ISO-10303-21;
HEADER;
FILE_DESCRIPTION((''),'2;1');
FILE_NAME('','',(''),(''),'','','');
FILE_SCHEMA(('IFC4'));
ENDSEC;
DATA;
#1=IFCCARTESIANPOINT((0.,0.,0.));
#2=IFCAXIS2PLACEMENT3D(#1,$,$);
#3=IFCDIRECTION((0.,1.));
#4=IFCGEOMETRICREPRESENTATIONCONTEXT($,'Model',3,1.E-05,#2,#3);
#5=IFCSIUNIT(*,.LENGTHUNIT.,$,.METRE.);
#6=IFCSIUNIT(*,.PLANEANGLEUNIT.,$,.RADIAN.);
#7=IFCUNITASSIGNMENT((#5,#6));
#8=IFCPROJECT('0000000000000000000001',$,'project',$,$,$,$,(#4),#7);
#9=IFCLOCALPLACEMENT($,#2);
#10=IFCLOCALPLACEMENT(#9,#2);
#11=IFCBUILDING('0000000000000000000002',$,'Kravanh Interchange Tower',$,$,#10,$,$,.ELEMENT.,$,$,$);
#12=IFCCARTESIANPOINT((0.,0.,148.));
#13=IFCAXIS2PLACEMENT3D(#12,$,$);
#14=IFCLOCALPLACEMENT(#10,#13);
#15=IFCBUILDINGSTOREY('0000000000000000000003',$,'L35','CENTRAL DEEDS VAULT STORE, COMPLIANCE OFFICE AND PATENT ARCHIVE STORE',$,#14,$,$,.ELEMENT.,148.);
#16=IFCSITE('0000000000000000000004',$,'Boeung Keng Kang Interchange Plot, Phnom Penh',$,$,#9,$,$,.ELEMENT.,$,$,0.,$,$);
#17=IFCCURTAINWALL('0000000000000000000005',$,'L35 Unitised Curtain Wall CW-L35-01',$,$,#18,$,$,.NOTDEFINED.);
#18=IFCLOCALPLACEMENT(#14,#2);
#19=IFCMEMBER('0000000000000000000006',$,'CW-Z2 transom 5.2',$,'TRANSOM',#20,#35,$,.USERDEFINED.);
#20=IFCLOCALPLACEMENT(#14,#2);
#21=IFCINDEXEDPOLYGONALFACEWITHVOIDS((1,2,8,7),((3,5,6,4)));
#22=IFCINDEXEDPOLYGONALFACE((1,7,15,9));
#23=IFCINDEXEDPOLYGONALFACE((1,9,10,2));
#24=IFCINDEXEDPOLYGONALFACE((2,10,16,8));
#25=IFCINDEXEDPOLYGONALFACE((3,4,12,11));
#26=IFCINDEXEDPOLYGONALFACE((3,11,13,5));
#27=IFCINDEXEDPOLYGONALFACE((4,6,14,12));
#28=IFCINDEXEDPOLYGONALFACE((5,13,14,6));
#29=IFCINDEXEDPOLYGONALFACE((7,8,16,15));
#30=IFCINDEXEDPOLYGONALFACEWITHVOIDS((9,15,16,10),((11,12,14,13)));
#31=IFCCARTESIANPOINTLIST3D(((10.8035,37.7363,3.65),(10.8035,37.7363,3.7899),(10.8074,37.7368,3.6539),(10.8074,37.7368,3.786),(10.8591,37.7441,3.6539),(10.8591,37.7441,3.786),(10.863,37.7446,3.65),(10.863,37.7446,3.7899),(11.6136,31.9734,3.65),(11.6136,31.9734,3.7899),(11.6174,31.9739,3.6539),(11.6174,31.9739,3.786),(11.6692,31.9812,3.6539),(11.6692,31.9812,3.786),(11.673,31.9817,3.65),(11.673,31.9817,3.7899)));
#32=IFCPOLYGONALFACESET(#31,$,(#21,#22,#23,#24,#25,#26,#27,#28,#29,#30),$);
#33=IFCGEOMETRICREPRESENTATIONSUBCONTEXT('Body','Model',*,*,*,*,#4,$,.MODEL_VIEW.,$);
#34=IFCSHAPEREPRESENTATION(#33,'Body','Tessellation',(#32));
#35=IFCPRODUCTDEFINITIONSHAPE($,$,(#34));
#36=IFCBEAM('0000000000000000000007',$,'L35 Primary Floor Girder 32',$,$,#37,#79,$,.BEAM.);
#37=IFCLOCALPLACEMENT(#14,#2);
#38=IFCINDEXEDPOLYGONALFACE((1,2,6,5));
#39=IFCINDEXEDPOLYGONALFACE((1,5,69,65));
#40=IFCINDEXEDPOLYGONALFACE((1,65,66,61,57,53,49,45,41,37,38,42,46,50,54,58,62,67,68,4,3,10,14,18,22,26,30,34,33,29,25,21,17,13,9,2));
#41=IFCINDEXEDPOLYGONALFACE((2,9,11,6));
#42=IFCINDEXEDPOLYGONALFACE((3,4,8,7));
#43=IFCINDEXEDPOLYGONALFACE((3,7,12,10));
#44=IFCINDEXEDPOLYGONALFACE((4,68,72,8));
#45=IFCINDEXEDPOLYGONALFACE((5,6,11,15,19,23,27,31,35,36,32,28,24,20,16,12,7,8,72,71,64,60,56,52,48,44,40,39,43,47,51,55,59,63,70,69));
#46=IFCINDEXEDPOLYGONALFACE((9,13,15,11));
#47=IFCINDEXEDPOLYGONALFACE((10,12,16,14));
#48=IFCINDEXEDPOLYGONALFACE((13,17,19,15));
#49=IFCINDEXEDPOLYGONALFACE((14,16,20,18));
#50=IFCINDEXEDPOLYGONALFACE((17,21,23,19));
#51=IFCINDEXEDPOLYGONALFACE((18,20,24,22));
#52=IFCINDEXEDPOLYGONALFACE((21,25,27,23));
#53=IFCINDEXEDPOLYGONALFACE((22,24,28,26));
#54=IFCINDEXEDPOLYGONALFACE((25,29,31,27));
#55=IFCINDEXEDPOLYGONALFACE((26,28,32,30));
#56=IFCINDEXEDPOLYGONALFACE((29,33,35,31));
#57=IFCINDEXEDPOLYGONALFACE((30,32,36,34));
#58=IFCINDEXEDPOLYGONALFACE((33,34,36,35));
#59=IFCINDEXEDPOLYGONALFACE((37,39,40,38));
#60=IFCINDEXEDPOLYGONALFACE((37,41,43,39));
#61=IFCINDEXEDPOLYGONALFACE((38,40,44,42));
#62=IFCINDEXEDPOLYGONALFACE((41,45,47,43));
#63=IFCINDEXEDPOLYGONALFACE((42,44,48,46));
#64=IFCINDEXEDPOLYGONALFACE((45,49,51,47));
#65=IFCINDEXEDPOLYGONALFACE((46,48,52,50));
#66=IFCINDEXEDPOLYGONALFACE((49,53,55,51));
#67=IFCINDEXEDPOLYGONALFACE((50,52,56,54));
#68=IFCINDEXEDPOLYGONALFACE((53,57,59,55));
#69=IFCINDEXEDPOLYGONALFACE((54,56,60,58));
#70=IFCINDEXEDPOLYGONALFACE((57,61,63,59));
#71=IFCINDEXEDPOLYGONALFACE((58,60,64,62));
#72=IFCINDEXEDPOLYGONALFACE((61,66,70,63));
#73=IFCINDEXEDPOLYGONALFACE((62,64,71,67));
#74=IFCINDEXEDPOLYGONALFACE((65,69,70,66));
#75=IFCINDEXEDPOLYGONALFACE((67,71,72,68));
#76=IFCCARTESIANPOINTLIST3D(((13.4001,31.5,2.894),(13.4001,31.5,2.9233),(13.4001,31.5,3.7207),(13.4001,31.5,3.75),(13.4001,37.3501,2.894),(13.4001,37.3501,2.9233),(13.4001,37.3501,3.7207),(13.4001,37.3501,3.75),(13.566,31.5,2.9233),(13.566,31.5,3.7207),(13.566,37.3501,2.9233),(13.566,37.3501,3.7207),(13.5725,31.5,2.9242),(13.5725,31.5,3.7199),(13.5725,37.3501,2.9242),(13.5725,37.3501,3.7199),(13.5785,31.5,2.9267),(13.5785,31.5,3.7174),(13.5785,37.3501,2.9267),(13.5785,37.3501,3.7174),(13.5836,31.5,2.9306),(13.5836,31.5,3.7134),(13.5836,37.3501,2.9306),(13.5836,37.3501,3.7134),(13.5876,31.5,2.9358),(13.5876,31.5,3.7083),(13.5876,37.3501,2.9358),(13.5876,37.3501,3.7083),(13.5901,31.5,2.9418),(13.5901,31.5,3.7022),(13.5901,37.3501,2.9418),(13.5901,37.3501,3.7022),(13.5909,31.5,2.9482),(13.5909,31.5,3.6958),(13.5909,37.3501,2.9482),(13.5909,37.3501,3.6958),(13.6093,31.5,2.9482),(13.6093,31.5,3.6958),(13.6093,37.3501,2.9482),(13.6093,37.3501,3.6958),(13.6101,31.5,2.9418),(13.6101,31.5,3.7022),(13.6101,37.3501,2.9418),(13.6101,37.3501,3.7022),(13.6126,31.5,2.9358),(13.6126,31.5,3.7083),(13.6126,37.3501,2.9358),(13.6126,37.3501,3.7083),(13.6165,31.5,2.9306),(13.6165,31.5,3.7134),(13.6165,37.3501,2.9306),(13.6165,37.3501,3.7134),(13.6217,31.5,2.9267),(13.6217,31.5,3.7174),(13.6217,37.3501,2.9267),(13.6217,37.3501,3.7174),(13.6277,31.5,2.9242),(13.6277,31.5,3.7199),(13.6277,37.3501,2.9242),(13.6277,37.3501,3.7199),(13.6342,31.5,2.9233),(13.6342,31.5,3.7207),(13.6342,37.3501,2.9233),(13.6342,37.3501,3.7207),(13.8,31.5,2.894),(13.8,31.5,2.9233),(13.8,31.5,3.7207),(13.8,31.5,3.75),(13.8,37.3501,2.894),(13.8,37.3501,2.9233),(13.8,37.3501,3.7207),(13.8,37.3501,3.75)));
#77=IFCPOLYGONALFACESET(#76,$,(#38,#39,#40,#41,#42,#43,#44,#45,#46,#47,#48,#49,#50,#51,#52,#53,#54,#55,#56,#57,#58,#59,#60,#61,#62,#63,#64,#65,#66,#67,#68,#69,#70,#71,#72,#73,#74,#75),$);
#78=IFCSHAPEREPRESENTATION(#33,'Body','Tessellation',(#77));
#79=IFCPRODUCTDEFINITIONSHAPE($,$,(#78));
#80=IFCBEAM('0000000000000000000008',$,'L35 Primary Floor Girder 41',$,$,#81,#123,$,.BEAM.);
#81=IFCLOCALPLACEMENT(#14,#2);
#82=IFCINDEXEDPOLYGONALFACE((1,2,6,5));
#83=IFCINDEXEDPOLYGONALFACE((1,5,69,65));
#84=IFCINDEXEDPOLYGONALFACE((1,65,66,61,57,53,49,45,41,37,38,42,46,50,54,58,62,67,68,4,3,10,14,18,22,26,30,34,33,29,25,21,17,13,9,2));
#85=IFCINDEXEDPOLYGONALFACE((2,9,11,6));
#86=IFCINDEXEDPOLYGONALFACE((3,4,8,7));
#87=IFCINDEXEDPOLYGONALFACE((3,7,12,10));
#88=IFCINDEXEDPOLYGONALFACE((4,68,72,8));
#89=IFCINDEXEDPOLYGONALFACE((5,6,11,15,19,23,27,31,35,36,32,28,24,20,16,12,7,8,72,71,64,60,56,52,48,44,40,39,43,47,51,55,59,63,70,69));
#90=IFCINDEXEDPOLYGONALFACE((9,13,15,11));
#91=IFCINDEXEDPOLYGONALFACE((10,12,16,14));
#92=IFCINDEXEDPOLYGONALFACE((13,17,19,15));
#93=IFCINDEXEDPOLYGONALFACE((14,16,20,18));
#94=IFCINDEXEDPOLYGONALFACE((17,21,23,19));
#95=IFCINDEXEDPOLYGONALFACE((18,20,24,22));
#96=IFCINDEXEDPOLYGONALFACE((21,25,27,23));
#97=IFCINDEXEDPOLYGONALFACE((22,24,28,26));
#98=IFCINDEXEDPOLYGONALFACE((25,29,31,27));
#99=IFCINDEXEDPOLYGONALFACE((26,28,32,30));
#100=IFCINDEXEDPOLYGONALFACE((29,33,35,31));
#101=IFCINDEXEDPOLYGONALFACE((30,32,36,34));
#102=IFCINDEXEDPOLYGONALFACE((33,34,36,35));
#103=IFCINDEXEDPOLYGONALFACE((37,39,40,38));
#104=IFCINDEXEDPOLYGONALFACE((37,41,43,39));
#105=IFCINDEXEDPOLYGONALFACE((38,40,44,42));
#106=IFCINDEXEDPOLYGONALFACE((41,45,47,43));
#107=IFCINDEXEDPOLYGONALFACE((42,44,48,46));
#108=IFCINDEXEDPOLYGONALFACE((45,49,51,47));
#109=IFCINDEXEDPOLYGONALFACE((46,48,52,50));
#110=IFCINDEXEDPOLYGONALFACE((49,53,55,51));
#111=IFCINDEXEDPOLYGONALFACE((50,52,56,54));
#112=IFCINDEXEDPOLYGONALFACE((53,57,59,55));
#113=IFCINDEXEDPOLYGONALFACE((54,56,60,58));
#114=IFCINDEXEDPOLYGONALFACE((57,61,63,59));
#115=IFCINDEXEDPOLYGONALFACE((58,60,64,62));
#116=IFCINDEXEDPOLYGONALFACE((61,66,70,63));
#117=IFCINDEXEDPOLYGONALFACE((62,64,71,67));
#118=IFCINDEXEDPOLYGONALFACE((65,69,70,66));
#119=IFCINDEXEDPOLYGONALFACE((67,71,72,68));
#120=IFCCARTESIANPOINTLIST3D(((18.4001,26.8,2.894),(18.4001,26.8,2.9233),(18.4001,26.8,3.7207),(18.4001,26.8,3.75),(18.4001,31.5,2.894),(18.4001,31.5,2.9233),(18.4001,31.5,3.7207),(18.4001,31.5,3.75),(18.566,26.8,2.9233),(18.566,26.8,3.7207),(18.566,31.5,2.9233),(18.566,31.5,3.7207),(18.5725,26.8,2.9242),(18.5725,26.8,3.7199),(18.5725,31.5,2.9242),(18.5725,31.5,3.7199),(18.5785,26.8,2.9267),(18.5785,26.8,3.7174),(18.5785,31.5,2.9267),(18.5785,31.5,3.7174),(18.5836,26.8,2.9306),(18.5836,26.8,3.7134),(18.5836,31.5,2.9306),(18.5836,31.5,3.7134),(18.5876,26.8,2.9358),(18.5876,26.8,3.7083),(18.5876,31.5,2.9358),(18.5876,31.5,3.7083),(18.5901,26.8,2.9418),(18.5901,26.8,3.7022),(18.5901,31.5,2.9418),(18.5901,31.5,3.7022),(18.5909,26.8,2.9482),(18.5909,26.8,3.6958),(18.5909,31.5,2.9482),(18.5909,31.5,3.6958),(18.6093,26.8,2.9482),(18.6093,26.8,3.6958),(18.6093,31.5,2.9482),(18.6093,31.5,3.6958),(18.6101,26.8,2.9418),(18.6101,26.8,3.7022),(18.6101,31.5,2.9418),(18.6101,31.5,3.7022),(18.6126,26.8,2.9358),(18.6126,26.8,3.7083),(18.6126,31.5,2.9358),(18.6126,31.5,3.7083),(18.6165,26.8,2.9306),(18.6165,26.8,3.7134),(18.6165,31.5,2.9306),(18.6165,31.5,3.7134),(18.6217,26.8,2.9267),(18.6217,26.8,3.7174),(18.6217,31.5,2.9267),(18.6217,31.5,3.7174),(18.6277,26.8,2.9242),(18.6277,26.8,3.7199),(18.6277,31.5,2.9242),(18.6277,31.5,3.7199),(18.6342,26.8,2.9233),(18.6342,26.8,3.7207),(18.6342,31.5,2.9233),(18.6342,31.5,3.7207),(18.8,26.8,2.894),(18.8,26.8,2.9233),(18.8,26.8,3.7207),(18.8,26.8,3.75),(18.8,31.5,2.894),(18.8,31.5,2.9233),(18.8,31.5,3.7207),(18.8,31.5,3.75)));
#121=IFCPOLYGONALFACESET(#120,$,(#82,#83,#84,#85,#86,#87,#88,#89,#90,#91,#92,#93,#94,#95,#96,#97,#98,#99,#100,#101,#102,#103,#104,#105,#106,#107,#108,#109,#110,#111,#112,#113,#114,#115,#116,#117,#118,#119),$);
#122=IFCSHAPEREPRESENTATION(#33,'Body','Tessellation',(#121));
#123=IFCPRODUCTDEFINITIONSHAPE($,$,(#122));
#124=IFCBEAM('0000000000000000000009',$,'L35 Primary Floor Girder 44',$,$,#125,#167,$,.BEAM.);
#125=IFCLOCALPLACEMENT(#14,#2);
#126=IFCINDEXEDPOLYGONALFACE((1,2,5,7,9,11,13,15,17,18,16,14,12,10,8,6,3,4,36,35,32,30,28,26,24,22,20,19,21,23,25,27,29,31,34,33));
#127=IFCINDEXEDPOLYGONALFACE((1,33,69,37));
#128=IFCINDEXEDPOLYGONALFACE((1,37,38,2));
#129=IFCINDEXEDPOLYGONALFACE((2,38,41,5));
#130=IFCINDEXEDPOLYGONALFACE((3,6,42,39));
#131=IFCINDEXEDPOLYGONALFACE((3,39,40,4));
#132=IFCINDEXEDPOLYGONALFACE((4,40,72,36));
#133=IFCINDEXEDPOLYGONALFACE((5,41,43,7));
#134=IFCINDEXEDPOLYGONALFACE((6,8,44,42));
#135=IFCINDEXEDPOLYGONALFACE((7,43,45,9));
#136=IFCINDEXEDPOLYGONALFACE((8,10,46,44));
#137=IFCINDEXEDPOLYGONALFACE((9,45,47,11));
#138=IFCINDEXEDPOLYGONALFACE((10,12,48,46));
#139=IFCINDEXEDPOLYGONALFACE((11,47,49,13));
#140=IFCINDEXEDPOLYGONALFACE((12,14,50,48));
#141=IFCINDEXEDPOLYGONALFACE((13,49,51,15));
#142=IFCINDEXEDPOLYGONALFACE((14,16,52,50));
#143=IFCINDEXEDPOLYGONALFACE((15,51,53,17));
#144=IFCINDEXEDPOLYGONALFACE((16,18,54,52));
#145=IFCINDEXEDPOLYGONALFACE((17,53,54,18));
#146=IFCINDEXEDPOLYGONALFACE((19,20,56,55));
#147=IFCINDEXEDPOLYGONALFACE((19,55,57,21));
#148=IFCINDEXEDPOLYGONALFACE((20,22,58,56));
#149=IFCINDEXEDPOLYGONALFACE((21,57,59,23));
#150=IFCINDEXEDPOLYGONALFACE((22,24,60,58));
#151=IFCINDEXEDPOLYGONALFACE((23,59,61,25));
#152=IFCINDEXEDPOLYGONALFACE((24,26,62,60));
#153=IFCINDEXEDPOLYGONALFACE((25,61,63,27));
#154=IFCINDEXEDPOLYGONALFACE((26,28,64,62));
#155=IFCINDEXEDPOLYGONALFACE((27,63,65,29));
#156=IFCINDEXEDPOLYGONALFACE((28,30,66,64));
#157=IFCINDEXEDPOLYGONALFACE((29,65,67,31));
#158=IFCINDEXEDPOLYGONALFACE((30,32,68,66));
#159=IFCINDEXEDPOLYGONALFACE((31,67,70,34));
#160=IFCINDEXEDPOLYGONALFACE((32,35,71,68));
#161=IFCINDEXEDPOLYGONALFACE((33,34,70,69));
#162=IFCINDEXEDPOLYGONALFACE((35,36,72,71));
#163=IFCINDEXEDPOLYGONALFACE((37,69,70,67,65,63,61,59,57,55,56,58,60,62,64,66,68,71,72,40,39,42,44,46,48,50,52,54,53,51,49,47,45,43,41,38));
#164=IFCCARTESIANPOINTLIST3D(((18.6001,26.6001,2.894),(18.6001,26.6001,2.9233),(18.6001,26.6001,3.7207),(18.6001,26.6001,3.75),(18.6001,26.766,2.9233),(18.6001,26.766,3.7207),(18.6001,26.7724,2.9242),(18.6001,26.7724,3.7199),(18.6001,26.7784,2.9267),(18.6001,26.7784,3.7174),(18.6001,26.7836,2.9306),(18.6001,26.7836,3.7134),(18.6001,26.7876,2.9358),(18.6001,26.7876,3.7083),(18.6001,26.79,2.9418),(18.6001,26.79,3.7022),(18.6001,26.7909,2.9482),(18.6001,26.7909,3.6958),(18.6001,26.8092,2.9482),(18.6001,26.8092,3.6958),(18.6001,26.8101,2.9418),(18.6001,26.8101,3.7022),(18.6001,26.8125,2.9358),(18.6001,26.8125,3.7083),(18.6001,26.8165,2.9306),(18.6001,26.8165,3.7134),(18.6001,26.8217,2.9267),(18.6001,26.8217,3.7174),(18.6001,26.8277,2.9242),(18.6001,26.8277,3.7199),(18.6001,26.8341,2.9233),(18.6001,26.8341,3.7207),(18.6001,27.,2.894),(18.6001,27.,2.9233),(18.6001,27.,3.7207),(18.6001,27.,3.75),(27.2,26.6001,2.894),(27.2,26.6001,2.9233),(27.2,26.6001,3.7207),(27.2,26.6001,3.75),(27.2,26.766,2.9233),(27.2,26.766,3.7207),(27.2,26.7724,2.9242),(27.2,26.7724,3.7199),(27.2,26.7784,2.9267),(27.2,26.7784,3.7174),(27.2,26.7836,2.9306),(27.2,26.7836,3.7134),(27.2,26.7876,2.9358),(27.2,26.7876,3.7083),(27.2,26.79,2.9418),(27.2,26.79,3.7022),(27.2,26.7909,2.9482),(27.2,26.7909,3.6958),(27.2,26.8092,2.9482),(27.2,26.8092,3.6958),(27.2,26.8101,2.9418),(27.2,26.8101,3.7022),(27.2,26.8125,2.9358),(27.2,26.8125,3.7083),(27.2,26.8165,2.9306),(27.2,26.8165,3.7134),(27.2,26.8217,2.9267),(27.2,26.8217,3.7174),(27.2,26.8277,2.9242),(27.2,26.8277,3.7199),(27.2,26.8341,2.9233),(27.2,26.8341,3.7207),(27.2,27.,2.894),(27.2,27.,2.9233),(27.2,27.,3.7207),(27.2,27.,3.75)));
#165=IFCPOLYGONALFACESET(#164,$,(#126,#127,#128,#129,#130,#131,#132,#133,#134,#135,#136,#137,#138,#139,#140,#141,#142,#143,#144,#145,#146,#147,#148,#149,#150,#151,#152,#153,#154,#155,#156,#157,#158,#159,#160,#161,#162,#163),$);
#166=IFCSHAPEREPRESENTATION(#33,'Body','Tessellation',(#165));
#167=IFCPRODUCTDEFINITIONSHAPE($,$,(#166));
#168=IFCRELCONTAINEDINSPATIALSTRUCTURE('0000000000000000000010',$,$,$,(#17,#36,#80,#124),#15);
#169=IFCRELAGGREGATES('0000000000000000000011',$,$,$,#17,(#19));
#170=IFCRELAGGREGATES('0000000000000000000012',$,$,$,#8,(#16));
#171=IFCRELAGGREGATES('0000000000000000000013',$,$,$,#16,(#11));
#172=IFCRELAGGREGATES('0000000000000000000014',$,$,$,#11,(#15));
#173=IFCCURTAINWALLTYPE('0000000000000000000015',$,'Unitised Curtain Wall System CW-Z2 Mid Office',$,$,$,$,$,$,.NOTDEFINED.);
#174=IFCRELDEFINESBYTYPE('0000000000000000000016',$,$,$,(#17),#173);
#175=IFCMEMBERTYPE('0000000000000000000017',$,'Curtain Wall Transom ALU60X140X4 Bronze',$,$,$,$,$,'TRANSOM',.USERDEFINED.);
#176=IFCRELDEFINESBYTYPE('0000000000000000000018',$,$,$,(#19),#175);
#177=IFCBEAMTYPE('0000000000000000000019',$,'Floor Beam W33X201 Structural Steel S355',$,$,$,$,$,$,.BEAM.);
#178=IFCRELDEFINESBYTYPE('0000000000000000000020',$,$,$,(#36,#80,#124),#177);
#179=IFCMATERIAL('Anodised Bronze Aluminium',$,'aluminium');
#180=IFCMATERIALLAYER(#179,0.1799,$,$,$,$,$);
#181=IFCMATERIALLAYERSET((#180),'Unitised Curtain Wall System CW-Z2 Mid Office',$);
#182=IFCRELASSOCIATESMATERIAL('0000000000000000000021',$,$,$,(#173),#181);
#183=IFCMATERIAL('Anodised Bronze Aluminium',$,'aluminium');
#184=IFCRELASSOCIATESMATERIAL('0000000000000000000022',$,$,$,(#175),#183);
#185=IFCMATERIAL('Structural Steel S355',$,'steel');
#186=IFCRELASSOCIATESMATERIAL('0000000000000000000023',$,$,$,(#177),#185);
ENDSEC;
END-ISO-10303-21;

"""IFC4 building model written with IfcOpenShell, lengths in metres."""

from ifc_helpers import new_model, si_unit, direction, frame, origin, origin_2d, place, context, subcontext, project, spatial, hollow_rectangle, i_section, extrude, material, layer, layer_set, material_profile, profile_set, type_object, element, aggregate, save


model = new_model("IFC4")

# Units and contexts
model_context = context("Model", 3, precision=1e-05, world=origin(), true_north=direction((0.0, 1.0)))
body_context = subcontext(model_context, "Body", "Model", "MODEL_VIEW")
ifc_project = project(units=[si_unit("LENGTHUNIT", "METRE"), si_unit("PLANEANGLEUNIT", "RADIAN")], contexts=[model_context])

# Site, building, storey
site_placement = place(None, origin())
site = spatial("IfcSite", under=ifc_project, at=site_placement, Name="Boeung Keng Kang Interchange Plot, Phnom Penh", CompositionType="ELEMENT", RefElevation=0.0)
building_placement = place(site_placement, origin())
building = spatial("IfcBuilding", under=site, at=building_placement, Name="Kravanh Interchange Tower", CompositionType="ELEMENT")
storey_placement = place(building_placement, frame((0.0, 0.0, 148.0)))
storey = spatial("IfcBuildingStorey", under=building, at=storey_placement, Name="L35", Description="CENTRAL DEEDS VAULT STORE, COMPLIANCE OFFICE AND PATENT ARCHIVE STORE", CompositionType="ELEMENT", Elevation=148.0)

# Curtain wall, member
ifc_material_1 = material(Name="Anodised Bronze Aluminium", Category="aluminium")
ifc_layer_1 = layer(ifc_material_1, 0.1799)
ifc_layer_set_1 = layer_set([ifc_layer_1], Name="Unitised Curtain Wall System CW-Z2 Mid Office")
curtain_wall_type = type_object("IfcCurtainWallType", Name="Unitised Curtain Wall System CW-Z2 Mid Office", PredefinedType="NOTDEFINED", material=ifc_layer_set_1)
curtain_wall_placement = place(storey_placement, origin())
curtain_wall = element("IfcCurtainWall", 1, at=curtain_wall_placement, inside=storey, type_object=curtain_wall_type, Name="L35 Unitised Curtain Wall CW-L35-01", PredefinedType="NOTDEFINED")
ifc_material_2 = material(Name="Anodised Bronze Aluminium", Category="aluminium")
ifc_material_profile_1 = material_profile(ifc_material_2, hollow_rectangle(XDim=0.0601, YDim=0.1399, WallThickness=0.0039, at=origin_2d()), Name="ALU60X140X4")
ifc_profile_set_1 = profile_set([ifc_material_profile_1], Name="Anodised Bronze Aluminium")
member_type_1 = type_object("IfcMemberType", Name="Curtain Wall Transom ALU60X140X4 Bronze", ElementType="TRANSOM", PredefinedType="USERDEFINED", material=ifc_profile_set_1)
member_1_placement = place(storey_placement, frame((11.6433, 31.9775, 3.72), z_axis=(-0.139195, 0.990265, 0.0), x_axis=(-0.990265, -0.139195, 0.0)))
member_1 = element("IfcMember", 2, at=member_1_placement, type_object=member_type_1, Name="CW-Z2 transom 5.2", ObjectType="TRANSOM", PredefinedType="USERDEFINED", context=body_context, shape_type="SweptSolid", body=[
    extrude(hollow_rectangle(XDim=0.0601, YDim=0.1399, WallThickness=0.0039, at=origin_2d()), origin(), (0.0, 0.0, 1.0), 5.8196),
])

# Beams
ifc_material_3 = material(Name="Structural Steel S355", Category="steel")
ifc_material_profile_2 = material_profile(ifc_material_3, i_section(OverallWidth=0.3999, OverallDepth=0.856, WebThickness=0.0183, FlangeThickness=0.0293, FilletRadius=0.0249, at=origin_2d()), Name="W33X201")
ifc_profile_set_2 = profile_set([ifc_material_profile_2], Name="Structural Steel S355")
beam_type_1 = type_object("IfcBeamType", Name="Floor Beam W33X201 Structural Steel S355", PredefinedType="BEAM", material=ifc_profile_set_2)
beam_1_placement = place(storey_placement, frame((13.6001, 37.3501, 3.322), z_axis=(0.0, -1.0, 0.0), x_axis=(1.0, 0.0, 0.0)))
element("IfcBeam", 3, at=beam_1_placement, inside=storey, type_object=beam_type_1, Name="L35 Primary Floor Girder 32", PredefinedType="BEAM", context=body_context, shape_type="SweptSolid", body=[
    extrude(i_section(OverallWidth=0.3999, OverallDepth=0.856, WebThickness=0.0183, FlangeThickness=0.0293, FilletRadius=0.0249, at=origin_2d()), origin(), (0.0, 0.0, 1.0), 5.8501),
])
beam_2_placement = place(storey_placement, frame((18.6001, 26.8, 3.322), z_axis=(0.0, 1.0, 0.0), x_axis=(-1.0, 0.0, 0.0)))
element("IfcBeam", 4, at=beam_2_placement, inside=storey, type_object=beam_type_1, Name="L35 Primary Floor Girder 41", PredefinedType="BEAM", context=body_context, shape_type="SweptSolid", body=[
    extrude(i_section(OverallWidth=0.3999, OverallDepth=0.856, WebThickness=0.0183, FlangeThickness=0.0293, FilletRadius=0.0249, at=origin_2d()), origin(), (0.0, 0.0, 1.0), 4.7),
])
beam_3_placement = place(storey_placement, frame((18.6001, 26.8, 3.322), z_axis=(1.0, 0.0, 0.0), x_axis=(0.0, 1.0, 0.0)))
element("IfcBeam", 5, at=beam_3_placement, inside=storey, type_object=beam_type_1, Name="L35 Primary Floor Girder 44", PredefinedType="BEAM", context=body_context, shape_type="SweptSolid", body=[
    extrude(i_section(OverallWidth=0.3999, OverallDepth=0.856, WebThickness=0.0183, FlangeThickness=0.0293, FilletRadius=0.0249, at=origin_2d()), origin(), (0.0, 0.0, 1.0), 8.5999),
])

aggregate(curtain_wall, [member_1])

save(model, "model.ifc")
